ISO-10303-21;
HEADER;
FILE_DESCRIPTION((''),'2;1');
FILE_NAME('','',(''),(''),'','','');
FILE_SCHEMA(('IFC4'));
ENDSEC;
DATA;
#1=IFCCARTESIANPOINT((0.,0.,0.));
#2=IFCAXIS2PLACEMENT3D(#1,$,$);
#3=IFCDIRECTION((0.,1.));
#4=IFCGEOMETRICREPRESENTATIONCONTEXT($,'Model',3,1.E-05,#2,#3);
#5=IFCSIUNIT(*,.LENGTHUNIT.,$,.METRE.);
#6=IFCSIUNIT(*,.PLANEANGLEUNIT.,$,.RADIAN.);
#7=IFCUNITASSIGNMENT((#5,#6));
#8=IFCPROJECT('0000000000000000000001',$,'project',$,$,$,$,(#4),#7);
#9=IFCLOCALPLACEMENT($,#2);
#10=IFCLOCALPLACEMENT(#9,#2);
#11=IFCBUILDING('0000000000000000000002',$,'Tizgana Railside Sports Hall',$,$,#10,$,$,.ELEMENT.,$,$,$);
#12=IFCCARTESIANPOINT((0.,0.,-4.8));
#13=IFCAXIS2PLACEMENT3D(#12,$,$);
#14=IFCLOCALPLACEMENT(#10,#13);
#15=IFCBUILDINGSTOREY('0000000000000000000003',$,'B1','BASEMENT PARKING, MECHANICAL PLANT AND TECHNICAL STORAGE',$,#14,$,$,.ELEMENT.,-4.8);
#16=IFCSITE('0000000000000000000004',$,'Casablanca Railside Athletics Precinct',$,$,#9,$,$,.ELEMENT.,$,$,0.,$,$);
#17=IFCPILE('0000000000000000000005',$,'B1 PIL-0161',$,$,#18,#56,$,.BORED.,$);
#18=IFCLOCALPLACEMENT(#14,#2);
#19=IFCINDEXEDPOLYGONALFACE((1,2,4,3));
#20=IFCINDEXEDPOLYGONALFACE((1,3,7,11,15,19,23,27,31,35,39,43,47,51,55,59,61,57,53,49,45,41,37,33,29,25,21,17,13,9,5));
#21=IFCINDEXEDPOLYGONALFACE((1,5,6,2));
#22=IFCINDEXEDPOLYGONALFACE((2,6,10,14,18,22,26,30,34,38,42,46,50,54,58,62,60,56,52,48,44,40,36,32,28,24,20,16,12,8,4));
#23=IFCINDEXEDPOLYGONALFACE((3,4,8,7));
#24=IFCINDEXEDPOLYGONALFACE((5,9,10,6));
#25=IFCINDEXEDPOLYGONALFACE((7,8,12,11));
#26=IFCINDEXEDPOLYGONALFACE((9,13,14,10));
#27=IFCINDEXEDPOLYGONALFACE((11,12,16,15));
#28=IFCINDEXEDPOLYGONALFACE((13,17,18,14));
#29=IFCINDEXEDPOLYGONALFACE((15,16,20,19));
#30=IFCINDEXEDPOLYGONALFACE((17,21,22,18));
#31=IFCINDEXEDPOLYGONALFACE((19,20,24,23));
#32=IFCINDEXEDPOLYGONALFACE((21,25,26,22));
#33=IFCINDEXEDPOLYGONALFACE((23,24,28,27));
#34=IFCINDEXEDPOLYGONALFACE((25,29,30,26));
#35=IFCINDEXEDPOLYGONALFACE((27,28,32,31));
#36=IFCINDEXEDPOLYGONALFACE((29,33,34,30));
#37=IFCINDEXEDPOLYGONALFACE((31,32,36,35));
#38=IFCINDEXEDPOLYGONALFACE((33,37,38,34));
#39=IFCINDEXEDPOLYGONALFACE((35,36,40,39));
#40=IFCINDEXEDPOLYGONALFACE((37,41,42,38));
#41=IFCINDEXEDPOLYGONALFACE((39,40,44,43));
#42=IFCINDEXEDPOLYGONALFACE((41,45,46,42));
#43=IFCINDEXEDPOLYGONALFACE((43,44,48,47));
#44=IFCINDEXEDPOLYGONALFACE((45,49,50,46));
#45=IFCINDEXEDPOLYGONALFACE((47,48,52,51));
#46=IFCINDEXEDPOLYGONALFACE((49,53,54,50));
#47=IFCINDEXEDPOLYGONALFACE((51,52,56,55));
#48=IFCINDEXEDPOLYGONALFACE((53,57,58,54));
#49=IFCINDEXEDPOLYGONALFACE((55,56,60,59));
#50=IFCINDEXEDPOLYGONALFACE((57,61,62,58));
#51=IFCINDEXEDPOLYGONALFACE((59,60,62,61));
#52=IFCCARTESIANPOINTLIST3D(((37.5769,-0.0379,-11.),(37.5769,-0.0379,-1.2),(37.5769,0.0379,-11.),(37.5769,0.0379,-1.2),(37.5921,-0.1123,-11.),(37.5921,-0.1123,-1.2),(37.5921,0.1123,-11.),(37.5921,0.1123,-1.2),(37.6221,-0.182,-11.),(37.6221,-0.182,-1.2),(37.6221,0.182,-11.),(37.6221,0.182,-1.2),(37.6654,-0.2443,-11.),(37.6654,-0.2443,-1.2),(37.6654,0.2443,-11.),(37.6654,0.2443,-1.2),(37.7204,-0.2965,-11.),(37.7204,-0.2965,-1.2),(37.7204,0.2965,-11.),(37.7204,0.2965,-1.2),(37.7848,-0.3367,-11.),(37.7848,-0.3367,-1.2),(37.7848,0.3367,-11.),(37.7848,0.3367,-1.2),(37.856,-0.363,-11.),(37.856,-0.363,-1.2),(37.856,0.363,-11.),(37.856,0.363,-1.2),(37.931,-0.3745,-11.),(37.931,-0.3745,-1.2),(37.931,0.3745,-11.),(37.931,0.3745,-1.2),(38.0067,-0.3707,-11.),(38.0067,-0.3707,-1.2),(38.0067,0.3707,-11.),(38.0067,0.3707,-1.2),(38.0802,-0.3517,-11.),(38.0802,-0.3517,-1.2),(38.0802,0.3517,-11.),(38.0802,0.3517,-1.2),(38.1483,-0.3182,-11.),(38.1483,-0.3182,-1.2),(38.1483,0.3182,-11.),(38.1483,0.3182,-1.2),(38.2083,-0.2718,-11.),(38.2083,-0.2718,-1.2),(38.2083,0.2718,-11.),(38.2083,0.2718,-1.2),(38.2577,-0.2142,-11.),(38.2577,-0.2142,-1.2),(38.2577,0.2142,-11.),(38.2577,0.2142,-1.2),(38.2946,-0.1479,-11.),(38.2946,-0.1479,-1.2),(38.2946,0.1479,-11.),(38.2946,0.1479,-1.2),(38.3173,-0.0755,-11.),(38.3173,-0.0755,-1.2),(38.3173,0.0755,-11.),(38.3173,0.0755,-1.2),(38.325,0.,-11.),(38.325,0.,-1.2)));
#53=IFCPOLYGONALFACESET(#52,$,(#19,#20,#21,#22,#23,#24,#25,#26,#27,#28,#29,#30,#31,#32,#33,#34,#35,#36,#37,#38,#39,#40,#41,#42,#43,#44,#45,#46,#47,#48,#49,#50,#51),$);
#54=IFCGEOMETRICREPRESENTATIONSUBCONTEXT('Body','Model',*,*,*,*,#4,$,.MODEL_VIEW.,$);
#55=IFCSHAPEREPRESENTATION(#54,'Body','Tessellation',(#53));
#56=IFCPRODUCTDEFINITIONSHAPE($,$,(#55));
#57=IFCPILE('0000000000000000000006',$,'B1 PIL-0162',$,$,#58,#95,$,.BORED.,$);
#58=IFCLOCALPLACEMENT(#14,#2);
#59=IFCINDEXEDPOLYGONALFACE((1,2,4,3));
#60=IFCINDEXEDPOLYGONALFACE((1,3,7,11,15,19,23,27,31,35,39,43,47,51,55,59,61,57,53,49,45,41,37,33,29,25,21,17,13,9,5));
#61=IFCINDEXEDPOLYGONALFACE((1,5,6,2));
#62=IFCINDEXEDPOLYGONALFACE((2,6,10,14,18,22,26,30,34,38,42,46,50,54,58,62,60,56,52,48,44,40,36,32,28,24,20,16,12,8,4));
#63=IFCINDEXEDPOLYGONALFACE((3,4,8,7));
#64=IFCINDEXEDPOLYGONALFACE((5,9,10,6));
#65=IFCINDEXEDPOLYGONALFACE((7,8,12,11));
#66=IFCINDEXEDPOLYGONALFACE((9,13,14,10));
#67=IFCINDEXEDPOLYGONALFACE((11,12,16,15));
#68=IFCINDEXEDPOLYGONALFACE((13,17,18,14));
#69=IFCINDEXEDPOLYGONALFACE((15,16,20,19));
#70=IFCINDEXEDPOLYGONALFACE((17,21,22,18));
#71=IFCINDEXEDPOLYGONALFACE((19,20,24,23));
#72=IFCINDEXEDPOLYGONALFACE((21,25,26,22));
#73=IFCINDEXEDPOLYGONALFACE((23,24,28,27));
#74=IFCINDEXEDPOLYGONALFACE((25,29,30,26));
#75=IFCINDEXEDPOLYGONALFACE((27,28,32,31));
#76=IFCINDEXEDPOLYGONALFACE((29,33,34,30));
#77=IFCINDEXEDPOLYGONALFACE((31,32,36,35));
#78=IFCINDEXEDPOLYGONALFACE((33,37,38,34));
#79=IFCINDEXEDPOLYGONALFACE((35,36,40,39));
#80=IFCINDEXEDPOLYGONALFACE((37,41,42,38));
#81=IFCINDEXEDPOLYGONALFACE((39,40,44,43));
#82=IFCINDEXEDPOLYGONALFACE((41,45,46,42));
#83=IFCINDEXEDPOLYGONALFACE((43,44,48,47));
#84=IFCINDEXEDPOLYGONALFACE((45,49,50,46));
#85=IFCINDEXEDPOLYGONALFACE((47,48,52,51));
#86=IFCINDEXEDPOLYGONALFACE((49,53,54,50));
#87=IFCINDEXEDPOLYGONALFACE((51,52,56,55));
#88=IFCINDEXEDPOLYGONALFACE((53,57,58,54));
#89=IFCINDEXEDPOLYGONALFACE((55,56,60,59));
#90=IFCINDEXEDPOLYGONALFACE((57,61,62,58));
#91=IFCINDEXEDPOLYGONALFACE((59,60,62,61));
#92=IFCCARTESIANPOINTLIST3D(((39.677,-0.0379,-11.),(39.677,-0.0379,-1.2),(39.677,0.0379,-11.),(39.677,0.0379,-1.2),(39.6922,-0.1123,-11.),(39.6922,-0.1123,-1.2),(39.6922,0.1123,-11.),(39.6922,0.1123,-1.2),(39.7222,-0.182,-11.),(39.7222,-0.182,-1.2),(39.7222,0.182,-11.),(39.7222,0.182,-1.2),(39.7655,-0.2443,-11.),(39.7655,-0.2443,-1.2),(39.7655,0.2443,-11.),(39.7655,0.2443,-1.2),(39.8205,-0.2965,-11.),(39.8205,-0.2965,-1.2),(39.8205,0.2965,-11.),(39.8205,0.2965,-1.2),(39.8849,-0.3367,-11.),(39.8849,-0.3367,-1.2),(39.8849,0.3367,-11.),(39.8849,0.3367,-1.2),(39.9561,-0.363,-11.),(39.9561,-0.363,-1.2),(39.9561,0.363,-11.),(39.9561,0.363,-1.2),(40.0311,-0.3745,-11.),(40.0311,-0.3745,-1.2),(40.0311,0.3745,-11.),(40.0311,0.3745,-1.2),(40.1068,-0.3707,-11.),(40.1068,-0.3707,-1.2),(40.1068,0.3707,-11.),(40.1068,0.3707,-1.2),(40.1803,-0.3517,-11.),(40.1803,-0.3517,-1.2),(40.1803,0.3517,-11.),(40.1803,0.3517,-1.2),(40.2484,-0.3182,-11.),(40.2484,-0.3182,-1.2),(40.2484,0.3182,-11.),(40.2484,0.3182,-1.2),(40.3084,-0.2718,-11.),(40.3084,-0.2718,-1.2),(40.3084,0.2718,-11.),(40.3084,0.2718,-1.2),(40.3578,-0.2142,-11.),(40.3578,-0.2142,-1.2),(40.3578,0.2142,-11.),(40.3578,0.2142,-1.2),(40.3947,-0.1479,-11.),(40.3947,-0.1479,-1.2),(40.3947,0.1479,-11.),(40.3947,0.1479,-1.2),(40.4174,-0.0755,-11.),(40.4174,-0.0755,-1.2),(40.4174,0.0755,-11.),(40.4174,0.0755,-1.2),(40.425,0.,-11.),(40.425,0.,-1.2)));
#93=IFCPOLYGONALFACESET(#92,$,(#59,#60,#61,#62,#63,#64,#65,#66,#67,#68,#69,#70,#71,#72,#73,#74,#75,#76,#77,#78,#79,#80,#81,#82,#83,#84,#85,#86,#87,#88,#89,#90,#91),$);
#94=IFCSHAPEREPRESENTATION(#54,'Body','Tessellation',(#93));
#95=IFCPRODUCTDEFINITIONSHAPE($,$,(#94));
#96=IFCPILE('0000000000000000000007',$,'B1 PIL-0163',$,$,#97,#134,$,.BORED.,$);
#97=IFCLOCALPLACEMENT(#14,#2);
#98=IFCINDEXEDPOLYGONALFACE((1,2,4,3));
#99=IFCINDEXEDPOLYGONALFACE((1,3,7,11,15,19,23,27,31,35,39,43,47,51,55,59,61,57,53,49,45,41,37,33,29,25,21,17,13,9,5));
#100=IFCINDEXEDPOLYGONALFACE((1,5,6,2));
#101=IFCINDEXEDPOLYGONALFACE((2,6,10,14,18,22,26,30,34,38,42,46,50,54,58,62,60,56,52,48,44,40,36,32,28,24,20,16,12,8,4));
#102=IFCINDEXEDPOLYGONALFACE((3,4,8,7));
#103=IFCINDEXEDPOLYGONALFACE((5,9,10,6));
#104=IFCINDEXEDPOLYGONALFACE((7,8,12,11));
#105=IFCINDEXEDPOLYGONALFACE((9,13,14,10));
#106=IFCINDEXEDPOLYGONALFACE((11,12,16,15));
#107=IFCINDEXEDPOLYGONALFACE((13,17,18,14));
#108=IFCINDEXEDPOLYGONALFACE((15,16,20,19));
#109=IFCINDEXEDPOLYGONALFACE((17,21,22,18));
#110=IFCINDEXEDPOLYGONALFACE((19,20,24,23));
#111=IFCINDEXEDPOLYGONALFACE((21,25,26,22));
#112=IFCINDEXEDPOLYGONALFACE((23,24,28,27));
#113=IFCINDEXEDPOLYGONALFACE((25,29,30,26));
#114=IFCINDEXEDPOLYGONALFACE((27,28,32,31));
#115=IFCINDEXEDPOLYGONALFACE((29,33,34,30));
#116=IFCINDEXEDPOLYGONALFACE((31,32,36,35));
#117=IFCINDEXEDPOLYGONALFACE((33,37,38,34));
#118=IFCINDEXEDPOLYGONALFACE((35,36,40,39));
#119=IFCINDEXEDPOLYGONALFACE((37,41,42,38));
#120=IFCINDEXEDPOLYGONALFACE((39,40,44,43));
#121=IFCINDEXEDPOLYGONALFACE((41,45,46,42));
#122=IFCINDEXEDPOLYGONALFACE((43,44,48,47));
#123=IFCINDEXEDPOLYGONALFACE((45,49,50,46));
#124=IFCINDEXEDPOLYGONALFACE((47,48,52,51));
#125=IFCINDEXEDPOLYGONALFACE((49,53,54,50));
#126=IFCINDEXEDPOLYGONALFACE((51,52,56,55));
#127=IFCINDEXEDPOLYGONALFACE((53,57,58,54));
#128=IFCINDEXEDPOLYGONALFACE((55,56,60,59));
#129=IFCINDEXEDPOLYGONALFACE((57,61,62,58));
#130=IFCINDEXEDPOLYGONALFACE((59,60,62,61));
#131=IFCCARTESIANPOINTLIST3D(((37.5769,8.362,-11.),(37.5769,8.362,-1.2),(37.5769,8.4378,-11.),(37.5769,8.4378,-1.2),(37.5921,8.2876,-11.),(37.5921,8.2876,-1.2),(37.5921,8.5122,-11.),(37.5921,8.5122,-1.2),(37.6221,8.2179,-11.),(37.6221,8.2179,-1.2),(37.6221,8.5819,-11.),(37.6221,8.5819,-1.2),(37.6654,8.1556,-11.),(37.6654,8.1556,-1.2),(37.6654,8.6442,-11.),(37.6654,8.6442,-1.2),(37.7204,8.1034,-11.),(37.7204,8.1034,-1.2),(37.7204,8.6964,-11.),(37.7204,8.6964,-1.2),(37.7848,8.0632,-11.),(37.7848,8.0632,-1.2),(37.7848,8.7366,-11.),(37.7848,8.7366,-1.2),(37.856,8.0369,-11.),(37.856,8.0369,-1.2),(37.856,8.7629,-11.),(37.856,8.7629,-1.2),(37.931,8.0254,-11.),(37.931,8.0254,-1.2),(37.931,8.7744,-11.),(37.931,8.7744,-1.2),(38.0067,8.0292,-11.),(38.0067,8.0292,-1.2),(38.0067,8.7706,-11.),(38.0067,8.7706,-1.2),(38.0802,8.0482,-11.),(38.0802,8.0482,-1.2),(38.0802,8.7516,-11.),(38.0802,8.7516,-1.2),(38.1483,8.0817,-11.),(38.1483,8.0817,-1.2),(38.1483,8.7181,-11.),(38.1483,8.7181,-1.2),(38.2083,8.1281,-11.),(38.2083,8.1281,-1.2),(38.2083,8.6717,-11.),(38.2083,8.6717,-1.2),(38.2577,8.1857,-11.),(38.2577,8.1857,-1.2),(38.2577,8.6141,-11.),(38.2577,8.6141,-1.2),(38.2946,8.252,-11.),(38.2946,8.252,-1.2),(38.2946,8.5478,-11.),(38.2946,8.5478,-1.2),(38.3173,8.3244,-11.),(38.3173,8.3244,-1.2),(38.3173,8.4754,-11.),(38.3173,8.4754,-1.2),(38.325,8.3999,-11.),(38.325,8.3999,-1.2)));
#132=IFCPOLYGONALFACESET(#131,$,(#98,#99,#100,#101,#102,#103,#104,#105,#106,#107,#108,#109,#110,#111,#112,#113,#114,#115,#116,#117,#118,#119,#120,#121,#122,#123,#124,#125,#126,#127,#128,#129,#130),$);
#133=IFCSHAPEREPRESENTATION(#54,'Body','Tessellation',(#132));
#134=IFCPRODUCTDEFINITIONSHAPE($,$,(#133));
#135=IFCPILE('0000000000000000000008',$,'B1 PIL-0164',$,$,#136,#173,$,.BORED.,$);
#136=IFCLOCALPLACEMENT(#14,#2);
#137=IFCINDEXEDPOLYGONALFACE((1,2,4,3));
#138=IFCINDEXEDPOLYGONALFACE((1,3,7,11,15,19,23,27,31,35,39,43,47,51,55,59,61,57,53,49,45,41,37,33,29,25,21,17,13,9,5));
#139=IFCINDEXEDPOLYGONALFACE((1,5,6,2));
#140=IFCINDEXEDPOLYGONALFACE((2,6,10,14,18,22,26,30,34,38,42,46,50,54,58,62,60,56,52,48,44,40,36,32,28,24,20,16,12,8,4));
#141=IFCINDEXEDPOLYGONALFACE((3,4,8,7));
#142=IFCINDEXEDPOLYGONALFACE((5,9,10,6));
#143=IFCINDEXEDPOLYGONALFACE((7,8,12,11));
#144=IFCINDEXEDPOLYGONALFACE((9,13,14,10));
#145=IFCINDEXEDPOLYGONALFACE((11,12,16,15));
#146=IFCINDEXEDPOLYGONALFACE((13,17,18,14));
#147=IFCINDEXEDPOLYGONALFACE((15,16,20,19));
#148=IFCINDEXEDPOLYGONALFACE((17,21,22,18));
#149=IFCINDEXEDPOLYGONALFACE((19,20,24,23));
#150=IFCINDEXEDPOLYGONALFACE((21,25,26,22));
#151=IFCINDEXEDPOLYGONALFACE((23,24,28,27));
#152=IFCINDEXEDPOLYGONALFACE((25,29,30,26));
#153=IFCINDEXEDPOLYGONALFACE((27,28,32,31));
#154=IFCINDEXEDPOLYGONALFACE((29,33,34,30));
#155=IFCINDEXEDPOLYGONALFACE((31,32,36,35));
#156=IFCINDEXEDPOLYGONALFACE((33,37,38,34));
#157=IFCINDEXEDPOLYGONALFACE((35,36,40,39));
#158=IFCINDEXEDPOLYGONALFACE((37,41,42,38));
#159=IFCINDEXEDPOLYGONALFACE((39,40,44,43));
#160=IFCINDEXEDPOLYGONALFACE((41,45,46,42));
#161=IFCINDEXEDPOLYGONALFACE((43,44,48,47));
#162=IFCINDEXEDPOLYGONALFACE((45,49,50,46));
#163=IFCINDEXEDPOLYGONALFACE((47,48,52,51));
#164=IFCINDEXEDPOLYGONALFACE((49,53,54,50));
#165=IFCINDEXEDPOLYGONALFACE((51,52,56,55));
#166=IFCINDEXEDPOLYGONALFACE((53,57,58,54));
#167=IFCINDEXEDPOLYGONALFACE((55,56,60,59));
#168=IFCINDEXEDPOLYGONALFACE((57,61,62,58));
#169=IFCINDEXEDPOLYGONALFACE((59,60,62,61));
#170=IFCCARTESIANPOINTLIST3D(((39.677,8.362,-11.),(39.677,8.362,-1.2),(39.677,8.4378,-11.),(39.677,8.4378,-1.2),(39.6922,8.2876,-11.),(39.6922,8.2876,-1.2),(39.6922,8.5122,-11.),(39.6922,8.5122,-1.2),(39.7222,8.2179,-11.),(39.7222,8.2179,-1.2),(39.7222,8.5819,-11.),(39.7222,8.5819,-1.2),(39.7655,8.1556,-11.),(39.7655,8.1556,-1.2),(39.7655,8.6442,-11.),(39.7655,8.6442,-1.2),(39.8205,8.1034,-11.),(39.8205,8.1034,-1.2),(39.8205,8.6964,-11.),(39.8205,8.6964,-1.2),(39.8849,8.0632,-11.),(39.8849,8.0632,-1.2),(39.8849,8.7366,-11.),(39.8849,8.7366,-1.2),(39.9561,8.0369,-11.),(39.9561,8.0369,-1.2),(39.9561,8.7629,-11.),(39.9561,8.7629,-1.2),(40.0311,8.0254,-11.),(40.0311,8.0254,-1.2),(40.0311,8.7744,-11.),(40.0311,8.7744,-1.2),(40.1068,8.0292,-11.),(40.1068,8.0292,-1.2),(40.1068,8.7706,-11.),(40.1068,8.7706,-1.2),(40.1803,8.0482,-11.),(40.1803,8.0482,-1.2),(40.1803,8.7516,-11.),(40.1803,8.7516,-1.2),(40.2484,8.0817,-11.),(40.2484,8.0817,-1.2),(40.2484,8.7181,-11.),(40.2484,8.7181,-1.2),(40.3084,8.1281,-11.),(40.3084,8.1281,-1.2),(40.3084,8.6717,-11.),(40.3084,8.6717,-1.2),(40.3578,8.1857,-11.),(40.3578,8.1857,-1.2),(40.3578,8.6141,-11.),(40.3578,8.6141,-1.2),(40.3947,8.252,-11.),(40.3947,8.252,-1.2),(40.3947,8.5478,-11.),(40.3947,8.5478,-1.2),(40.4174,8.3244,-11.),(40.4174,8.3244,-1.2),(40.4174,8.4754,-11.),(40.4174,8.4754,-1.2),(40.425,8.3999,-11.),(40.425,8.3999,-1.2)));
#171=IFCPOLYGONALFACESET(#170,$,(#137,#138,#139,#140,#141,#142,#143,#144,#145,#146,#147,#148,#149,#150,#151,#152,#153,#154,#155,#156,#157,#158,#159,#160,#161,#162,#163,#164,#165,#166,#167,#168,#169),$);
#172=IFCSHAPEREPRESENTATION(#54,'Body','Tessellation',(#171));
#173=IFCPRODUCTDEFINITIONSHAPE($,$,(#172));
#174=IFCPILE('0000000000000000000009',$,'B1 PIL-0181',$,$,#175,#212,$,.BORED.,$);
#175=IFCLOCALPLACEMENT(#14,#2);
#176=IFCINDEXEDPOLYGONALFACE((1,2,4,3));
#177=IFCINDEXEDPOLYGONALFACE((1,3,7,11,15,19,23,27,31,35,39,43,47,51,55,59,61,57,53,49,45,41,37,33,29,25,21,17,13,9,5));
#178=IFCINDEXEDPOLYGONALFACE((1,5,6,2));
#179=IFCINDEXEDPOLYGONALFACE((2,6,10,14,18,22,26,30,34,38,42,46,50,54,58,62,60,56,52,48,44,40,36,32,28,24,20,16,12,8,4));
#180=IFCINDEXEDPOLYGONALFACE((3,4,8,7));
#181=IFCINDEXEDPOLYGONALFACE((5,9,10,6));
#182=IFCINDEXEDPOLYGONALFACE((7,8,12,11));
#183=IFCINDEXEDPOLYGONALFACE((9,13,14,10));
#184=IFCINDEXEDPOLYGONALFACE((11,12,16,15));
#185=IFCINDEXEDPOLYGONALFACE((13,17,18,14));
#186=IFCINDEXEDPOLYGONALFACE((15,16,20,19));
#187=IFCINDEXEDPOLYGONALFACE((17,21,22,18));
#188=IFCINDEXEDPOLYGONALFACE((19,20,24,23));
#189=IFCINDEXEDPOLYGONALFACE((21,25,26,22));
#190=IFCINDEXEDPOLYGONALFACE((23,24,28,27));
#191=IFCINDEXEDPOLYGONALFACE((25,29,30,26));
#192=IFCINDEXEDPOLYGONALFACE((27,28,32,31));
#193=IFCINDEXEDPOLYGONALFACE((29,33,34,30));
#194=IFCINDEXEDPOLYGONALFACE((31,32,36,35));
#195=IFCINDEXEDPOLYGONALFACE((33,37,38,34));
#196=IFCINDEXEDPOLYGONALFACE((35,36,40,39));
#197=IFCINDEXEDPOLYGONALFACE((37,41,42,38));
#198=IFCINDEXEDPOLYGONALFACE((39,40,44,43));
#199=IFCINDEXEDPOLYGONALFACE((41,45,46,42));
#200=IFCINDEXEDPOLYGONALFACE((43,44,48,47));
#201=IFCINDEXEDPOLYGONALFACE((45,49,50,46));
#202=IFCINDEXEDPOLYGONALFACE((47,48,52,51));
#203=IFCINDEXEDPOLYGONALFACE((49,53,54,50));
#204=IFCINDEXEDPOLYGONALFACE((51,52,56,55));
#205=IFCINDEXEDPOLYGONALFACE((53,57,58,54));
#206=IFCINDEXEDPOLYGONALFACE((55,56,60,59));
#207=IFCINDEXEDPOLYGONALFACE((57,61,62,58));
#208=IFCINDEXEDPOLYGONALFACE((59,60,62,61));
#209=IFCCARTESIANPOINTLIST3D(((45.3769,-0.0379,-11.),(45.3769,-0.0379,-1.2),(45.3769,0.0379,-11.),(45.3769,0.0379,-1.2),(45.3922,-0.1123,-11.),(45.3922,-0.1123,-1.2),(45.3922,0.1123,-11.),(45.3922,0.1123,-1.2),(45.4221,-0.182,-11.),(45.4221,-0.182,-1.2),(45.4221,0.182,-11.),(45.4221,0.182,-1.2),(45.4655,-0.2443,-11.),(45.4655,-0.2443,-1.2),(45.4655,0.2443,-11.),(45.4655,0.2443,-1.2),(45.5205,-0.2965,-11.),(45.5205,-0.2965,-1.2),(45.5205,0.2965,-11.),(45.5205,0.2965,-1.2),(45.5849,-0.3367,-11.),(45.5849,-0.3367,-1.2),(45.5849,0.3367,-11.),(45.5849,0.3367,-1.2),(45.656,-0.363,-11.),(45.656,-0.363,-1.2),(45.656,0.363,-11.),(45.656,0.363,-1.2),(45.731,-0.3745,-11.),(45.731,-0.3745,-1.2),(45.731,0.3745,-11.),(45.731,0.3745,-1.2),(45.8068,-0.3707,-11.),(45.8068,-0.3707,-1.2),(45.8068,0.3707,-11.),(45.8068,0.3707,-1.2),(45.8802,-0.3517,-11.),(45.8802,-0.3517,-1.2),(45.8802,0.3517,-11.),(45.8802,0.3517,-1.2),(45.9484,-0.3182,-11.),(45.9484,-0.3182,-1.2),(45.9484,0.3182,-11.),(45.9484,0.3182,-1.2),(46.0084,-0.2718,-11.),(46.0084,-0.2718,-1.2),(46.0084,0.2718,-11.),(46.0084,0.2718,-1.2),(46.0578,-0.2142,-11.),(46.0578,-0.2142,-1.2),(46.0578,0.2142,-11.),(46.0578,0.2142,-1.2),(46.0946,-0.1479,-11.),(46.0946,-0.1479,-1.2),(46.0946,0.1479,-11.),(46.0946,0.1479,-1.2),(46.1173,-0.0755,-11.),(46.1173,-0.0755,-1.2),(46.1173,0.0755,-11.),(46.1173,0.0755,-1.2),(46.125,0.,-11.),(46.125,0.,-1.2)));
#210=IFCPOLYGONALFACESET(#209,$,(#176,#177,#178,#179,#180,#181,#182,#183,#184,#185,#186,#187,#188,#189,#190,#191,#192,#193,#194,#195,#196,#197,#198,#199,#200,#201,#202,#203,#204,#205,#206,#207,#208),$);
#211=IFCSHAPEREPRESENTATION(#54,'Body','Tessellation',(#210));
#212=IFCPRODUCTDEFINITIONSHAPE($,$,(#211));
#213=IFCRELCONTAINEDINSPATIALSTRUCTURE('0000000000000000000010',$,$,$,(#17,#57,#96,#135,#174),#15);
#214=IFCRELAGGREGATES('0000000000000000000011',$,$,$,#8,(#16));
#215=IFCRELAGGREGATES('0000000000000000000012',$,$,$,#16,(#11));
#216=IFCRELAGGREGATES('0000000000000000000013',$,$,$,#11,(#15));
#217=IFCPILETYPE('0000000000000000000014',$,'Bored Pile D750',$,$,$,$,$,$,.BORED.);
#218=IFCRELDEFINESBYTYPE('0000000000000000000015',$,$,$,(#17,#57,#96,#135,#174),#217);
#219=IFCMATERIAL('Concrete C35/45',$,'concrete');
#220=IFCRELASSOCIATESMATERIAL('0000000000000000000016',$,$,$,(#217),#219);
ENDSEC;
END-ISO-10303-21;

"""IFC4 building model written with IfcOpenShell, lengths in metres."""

from ifc_helpers import new_model, si_unit, direction, frame, origin, origin_2d, place, context, subcontext, project, spatial, circle, extrude, material, material_profile, profile_set, type_object, element, save


model = new_model("IFC4")

# Units and contexts
model_context = context("Model", 3, precision=1e-05, world=origin(), true_north=direction((0.0, 1.0)))
body_context = subcontext(model_context, "Body", "Model", "MODEL_VIEW")
ifc_project = project(units=[si_unit("LENGTHUNIT", "METRE"), si_unit("PLANEANGLEUNIT", "RADIAN")], contexts=[model_context])

# Site, building, storey
site_placement = place(None, origin())
site = spatial("IfcSite", under=ifc_project, at=site_placement, Name="Casablanca Railside Athletics Precinct", CompositionType="ELEMENT", RefElevation=0.0)
building_placement = place(site_placement, origin())
building = spatial("IfcBuilding", under=site, at=building_placement, Name="Tizgana Railside Sports Hall", CompositionType="ELEMENT")
storey_placement = place(building_placement, frame((0.0, 0.0, -4.8)))
storey = spatial("IfcBuildingStorey", under=building, at=storey_placement, Name="B1", Description="BASEMENT PARKING, MECHANICAL PLANT AND TECHNICAL STORAGE", CompositionType="ELEMENT", Elevation=-4.8)

# Piles
ifc_material_1 = material(Name="Concrete C35/45", Category="concrete")
ifc_material_profile_1 = material_profile(ifc_material_1, circle(Radius=0.375, at=origin_2d()), Name="PILE D750")
ifc_profile_set_1 = profile_set([ifc_material_profile_1], Name="Concrete C35/45")
pile_type = type_object("IfcPileType", Name="Bored Pile D750", PredefinedType="BORED", material=ifc_profile_set_1)
for number, where, z_axis, x_axis, name in (
    (1, (37.95, 0.0, -1.2), (0.0, 0.0, -1.0), (1.0, 0.0, 0.0), "B1 PIL-0161"),
    (2, (40.05, 0.0, -1.2), (0.0, 0.0, -1.0), (1.0, 0.0, 0.0), "B1 PIL-0162"),
    (3, (37.95, 8.3999, -1.2), (0.0, 0.0, -1.0), (1.0, 0.0, 0.0), "B1 PIL-0163"),
    (4, (40.05, 8.3999, -1.2), (0.0, 0.0, -1.0), (1.0, 0.0, 0.0), "B1 PIL-0164"),
    (5, (45.75, 0.0, -1.2), (0.0, 0.0, -1.0), (1.0, 0.0, 0.0), "B1 PIL-0181"),
):
    element("IfcPile", number, at=place(storey_placement, frame(where, z_axis=z_axis, x_axis=x_axis)), inside=storey, type_object=pile_type, Name=name, PredefinedType="BORED", context=body_context, shape_type="SweptSolid", body=[
        extrude(circle(Radius=0.375, at=origin_2d()), origin(), (0.0, 0.0, 1.0), 9.8),
    ])

save(model, "model.ifc")
